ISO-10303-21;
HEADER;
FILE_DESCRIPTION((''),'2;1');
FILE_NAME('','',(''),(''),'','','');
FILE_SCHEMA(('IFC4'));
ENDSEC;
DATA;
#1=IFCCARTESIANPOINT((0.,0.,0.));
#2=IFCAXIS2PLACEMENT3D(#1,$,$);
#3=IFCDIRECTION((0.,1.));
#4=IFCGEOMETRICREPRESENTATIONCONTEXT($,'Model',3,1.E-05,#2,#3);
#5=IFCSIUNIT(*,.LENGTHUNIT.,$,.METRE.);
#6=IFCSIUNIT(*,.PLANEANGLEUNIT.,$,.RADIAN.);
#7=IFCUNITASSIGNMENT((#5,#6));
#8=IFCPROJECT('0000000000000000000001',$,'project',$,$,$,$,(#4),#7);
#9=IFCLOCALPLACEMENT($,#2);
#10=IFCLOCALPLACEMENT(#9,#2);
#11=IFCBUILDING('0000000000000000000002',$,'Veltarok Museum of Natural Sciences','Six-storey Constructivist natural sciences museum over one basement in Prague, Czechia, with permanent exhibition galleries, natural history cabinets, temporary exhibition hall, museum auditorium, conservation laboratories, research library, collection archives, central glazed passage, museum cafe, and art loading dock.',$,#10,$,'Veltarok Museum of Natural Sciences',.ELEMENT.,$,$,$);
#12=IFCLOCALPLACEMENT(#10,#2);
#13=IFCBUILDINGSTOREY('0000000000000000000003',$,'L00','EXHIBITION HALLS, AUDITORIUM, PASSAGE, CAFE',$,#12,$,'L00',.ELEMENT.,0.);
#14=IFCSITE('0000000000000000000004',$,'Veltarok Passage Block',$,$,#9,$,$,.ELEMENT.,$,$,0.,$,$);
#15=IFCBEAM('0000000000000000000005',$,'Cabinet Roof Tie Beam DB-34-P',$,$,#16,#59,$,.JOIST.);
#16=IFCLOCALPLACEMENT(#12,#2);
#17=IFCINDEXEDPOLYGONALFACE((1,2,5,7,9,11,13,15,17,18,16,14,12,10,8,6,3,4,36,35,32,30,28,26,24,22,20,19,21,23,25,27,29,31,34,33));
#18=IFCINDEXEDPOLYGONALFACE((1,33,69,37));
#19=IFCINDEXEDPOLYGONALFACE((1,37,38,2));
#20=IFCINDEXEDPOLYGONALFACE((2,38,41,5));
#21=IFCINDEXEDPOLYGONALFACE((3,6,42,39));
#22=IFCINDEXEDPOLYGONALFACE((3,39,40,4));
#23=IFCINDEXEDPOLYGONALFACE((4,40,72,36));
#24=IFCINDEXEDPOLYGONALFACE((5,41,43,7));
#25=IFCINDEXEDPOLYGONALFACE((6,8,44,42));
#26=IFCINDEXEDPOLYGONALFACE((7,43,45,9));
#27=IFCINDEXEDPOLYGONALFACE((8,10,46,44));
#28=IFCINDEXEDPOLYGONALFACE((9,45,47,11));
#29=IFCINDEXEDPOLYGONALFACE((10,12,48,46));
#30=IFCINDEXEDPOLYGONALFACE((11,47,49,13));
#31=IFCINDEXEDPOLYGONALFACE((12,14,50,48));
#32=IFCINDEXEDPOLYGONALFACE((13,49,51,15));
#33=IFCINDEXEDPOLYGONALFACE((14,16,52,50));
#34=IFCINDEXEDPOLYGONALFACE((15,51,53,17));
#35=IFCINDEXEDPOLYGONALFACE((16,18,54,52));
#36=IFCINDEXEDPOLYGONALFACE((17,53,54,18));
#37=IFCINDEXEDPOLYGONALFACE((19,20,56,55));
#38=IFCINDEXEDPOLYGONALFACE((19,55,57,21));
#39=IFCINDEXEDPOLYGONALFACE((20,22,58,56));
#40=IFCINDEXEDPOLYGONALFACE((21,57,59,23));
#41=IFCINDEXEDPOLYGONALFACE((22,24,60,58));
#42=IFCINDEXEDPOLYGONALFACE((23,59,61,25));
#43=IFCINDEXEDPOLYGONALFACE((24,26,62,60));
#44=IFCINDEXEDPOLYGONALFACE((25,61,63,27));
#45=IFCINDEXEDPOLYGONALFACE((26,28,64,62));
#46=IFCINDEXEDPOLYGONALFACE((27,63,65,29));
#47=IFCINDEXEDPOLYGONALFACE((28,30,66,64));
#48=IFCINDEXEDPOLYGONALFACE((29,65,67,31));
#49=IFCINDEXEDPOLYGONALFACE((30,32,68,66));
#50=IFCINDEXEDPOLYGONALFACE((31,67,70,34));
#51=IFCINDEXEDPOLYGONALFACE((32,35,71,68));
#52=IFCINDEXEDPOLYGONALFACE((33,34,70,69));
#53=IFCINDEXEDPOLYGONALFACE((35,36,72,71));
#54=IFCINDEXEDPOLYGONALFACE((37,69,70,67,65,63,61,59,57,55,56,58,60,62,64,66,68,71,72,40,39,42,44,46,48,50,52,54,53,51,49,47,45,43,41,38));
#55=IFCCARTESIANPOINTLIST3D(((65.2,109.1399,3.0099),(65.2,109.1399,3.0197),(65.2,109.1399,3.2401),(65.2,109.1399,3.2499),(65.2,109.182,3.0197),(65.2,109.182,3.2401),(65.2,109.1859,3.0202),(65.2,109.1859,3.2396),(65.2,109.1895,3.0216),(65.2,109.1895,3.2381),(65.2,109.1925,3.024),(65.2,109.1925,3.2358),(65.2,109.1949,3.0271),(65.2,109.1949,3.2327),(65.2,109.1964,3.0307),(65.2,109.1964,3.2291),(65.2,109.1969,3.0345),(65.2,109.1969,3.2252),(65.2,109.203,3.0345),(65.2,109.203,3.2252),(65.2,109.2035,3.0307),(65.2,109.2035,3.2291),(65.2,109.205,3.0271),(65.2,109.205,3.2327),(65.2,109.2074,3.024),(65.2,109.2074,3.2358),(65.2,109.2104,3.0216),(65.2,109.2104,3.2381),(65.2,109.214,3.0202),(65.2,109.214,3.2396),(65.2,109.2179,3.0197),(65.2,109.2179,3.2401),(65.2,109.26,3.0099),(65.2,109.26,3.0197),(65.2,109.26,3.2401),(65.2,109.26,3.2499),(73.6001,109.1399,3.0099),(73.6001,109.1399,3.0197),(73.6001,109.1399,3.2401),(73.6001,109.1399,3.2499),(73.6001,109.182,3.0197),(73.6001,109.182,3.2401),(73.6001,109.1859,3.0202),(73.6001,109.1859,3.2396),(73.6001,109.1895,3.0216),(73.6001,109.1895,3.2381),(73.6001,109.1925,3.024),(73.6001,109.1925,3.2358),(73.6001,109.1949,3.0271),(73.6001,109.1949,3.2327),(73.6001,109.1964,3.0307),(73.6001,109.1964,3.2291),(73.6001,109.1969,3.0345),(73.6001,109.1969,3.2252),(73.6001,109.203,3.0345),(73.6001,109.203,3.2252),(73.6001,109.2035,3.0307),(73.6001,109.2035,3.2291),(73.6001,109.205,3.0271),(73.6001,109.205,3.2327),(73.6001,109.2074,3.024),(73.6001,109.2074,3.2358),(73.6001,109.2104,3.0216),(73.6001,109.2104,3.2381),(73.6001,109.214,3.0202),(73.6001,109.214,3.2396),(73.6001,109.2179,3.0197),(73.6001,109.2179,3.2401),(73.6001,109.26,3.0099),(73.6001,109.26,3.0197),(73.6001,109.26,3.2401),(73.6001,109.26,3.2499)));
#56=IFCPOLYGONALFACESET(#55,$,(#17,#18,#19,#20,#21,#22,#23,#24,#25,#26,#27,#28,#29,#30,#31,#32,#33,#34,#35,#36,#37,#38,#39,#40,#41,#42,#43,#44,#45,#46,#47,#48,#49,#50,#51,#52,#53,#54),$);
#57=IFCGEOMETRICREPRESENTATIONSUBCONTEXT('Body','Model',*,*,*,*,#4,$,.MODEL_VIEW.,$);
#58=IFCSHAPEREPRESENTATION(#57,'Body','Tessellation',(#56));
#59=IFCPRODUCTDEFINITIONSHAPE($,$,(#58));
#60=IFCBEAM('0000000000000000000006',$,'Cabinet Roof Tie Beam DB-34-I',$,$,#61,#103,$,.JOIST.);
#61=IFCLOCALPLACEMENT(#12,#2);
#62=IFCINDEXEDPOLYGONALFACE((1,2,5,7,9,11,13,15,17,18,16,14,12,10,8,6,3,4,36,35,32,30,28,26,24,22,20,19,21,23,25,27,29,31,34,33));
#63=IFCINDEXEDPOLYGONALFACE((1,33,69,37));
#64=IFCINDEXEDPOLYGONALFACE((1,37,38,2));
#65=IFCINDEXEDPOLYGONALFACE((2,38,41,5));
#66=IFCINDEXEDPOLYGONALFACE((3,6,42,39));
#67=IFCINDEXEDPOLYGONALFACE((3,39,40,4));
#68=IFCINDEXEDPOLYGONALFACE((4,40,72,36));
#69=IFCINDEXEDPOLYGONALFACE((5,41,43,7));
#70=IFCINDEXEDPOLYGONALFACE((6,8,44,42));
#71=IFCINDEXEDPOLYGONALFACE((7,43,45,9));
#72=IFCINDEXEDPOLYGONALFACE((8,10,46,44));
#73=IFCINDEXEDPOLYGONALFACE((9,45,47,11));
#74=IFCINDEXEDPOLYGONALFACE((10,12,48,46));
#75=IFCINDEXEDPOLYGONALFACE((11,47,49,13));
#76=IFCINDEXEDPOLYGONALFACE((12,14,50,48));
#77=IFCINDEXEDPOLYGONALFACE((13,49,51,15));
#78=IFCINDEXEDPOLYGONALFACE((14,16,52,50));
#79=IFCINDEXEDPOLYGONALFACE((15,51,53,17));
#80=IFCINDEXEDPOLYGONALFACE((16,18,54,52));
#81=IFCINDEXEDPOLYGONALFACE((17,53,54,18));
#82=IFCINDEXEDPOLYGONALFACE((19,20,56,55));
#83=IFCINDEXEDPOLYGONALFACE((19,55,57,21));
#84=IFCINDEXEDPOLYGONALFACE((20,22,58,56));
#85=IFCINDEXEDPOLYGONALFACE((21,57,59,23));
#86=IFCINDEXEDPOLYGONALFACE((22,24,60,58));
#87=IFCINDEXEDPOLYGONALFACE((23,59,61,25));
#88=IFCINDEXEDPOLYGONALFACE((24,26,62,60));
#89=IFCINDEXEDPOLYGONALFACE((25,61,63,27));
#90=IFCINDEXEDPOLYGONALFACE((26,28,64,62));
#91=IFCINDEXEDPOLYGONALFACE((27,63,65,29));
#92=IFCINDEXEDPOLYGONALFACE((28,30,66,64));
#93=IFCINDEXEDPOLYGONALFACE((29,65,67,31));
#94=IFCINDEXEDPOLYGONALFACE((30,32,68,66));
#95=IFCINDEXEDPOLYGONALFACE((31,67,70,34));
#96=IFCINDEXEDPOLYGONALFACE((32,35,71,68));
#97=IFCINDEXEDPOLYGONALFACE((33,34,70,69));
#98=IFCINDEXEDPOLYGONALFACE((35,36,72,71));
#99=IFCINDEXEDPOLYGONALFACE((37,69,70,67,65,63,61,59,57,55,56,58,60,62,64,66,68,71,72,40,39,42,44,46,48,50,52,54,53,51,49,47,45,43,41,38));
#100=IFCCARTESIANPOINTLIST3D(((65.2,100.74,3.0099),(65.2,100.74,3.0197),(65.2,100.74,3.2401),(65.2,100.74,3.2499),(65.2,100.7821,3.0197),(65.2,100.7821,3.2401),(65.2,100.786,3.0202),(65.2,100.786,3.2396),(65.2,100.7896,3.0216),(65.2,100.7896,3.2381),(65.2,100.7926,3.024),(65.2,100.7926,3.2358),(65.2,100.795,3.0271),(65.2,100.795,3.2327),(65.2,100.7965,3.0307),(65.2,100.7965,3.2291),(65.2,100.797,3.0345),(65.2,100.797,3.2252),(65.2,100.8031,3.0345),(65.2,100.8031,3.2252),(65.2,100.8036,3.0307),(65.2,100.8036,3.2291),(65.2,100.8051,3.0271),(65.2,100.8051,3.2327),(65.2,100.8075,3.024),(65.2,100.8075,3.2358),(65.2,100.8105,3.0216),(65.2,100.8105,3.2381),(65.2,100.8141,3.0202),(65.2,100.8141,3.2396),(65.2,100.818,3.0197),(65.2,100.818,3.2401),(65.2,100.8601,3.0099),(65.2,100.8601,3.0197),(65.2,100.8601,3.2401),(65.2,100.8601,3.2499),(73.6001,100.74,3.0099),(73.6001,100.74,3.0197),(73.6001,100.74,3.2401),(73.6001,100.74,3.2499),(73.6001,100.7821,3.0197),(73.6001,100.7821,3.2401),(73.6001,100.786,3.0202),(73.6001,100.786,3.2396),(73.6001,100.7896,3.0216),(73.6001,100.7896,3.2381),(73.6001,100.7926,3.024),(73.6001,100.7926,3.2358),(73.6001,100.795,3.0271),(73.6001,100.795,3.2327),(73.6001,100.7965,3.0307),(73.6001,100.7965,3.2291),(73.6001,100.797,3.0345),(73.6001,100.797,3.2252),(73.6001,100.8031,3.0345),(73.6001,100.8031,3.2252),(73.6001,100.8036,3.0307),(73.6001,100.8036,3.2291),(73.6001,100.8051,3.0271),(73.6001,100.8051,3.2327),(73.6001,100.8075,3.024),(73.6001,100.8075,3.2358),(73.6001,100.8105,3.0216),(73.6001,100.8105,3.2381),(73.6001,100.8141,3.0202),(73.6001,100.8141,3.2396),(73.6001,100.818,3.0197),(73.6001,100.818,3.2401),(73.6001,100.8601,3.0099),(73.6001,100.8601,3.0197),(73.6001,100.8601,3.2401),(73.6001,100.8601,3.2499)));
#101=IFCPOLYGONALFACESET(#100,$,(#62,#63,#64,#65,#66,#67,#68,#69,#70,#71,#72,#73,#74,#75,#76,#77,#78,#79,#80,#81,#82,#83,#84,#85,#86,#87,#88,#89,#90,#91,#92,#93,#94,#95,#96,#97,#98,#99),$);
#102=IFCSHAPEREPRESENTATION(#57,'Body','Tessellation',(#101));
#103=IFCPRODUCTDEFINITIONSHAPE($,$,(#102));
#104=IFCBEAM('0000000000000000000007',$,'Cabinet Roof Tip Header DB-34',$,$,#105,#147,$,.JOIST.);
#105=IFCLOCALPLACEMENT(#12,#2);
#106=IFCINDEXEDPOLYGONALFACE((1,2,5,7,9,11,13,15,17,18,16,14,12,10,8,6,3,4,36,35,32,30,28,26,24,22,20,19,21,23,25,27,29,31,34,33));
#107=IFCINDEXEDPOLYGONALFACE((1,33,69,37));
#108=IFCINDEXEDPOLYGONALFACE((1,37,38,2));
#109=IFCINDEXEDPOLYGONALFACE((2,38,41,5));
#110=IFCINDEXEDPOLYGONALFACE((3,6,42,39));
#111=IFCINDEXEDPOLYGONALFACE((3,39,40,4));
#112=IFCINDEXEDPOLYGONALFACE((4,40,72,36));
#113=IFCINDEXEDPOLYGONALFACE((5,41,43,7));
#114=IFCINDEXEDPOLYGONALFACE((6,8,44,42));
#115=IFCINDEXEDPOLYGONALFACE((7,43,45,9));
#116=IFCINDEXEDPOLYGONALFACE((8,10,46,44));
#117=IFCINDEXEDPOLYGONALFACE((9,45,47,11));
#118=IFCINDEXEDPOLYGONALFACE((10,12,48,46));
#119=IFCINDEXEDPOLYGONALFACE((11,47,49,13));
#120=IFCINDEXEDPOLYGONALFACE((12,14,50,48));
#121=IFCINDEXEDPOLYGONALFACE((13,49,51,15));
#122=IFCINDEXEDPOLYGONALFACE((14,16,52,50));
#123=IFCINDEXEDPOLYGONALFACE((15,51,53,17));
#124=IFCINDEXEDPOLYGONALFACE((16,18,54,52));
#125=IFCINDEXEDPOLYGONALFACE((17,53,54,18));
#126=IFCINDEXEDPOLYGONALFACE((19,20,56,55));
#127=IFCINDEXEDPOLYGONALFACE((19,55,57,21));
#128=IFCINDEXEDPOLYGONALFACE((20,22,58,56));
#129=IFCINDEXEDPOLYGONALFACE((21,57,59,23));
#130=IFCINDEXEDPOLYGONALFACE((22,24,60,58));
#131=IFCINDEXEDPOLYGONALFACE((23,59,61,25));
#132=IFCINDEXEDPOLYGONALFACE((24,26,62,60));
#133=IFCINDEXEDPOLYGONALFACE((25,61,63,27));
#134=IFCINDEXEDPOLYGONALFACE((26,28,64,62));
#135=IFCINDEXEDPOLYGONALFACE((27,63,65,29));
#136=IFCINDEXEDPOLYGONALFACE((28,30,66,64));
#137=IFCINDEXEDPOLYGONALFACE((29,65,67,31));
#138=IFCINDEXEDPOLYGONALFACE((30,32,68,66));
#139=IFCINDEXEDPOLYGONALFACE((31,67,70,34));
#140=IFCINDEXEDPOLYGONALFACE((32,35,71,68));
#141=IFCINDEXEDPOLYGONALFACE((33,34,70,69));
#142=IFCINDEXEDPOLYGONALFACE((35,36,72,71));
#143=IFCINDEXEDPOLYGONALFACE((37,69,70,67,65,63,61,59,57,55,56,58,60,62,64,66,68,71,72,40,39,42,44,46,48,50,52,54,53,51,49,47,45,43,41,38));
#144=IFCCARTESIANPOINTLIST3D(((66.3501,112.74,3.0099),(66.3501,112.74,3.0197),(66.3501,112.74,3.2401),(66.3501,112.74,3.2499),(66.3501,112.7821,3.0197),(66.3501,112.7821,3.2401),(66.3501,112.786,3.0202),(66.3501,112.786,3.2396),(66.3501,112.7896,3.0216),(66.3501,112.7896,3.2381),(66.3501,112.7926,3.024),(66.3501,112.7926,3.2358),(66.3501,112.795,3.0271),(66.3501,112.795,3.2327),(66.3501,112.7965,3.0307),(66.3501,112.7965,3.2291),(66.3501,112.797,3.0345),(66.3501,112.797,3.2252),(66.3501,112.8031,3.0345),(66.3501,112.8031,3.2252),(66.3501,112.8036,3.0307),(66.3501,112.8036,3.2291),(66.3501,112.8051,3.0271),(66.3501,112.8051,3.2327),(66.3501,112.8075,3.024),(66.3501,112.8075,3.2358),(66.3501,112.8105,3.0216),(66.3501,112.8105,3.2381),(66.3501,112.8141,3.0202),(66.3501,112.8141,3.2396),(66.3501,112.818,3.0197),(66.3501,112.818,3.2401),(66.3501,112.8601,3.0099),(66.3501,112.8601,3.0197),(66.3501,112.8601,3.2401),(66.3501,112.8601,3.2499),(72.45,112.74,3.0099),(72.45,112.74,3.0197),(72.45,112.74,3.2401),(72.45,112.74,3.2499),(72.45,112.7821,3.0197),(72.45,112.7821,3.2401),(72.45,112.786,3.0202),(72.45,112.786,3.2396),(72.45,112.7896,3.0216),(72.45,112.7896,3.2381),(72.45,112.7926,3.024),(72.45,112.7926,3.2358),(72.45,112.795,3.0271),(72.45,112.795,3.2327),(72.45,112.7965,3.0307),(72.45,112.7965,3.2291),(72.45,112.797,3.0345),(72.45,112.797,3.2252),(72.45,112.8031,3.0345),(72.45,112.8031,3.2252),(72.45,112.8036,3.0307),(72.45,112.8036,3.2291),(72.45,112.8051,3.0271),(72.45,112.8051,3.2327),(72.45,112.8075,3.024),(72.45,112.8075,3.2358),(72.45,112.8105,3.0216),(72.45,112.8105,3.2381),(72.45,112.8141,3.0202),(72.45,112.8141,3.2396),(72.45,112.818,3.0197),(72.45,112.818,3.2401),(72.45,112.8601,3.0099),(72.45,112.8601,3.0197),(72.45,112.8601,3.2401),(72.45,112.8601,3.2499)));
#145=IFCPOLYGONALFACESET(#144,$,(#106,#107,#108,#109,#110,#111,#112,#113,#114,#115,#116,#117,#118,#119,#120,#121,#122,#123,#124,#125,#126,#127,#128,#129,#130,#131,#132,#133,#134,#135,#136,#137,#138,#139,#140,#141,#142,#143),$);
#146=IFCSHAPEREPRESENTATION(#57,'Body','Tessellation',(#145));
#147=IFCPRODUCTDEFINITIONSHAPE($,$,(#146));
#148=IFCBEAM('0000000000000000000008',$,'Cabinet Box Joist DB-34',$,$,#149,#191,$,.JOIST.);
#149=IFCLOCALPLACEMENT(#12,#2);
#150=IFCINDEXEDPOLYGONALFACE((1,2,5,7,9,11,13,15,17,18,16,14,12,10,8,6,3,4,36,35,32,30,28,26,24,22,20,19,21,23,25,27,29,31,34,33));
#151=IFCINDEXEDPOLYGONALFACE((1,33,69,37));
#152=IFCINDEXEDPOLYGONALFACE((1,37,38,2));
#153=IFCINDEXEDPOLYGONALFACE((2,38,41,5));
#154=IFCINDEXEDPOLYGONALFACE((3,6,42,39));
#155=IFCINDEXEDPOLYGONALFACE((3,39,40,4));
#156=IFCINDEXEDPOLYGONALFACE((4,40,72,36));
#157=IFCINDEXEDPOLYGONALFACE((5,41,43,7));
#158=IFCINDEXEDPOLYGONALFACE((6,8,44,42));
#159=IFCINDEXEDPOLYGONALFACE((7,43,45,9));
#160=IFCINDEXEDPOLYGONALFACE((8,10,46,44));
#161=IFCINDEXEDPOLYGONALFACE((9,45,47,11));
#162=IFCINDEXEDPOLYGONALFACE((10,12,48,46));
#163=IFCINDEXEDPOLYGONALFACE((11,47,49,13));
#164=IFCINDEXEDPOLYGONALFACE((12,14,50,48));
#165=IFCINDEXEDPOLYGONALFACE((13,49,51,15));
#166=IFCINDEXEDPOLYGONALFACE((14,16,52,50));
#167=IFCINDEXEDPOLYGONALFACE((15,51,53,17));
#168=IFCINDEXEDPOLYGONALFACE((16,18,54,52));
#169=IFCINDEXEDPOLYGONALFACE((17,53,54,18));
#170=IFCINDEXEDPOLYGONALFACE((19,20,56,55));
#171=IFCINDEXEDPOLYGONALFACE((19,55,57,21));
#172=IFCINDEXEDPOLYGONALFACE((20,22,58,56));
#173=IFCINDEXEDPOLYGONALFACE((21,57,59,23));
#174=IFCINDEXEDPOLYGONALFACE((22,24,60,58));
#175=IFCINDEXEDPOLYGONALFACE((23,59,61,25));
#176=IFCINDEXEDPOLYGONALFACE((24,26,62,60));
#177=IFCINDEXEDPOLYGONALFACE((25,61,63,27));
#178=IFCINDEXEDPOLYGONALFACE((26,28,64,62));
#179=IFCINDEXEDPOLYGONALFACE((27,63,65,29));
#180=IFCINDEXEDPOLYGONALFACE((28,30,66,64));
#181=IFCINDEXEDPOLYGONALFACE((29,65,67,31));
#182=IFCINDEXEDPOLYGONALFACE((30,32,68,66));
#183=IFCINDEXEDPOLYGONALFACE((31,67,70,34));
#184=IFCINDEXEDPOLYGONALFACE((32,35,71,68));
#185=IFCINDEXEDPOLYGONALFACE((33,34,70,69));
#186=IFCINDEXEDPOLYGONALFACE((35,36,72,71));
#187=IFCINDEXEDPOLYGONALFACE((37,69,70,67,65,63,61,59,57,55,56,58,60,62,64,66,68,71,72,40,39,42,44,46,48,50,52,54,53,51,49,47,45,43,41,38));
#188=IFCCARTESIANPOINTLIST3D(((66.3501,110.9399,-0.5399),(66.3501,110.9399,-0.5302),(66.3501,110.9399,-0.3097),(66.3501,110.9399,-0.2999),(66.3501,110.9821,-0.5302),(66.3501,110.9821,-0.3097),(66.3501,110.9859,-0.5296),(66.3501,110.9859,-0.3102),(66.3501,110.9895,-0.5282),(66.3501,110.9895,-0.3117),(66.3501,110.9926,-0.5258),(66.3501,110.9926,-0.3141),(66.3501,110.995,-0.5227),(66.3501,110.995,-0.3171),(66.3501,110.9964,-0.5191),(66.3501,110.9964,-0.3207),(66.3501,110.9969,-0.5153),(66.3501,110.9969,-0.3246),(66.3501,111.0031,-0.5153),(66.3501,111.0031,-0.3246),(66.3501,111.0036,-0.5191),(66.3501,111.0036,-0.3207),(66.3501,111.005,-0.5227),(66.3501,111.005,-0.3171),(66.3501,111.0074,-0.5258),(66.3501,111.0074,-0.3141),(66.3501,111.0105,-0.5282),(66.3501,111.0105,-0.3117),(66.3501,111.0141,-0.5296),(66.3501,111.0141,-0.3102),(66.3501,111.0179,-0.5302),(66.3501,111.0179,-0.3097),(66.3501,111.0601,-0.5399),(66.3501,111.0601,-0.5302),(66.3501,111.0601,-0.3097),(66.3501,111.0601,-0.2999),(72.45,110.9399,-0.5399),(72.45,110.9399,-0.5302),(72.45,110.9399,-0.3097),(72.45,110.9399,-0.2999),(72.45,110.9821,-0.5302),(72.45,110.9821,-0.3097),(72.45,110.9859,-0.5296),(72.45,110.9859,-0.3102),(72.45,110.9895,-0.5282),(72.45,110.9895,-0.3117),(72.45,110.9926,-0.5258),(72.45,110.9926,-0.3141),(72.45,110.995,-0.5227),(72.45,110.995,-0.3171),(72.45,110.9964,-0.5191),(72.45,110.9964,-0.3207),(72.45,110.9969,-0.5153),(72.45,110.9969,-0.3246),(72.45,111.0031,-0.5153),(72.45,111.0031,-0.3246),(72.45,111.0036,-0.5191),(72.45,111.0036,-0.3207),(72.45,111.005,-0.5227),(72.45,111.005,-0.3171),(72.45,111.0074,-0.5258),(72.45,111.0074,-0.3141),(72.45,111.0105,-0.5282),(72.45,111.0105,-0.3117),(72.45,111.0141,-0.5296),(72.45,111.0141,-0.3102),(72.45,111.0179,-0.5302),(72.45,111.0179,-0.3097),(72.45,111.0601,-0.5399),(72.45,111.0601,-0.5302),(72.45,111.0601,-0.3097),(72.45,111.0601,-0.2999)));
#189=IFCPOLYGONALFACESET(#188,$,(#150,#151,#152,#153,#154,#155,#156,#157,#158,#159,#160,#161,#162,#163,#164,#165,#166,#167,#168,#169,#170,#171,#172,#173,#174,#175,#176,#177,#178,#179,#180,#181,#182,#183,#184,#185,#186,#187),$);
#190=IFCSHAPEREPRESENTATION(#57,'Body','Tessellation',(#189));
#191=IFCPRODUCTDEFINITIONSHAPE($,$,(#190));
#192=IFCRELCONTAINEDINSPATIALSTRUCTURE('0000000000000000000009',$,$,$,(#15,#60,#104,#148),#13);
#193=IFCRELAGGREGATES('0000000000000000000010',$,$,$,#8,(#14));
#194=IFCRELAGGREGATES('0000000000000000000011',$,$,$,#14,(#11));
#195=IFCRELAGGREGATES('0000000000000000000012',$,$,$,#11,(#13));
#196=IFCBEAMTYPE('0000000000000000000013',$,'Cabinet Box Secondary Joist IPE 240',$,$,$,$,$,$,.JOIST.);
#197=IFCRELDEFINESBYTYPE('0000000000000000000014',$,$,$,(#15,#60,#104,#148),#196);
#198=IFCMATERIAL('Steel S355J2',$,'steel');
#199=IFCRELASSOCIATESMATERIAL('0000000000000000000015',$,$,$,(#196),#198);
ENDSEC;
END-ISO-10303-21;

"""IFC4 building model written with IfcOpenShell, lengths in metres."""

from ifc_helpers import new_model, si_unit, direction, frame, origin, origin_2d, place, context, subcontext, project, spatial, i_section, extrude, material, material_profile, profile_set, type_object, element, save


model = new_model("IFC4")

# Units and contexts
model_context = context("Model", 3, precision=1e-05, world=origin(), true_north=direction((0.0, 1.0)))
body_context = subcontext(model_context, "Body", "Model", "MODEL_VIEW")
ifc_project = project(units=[si_unit("LENGTHUNIT", "METRE"), si_unit("PLANEANGLEUNIT", "RADIAN")], contexts=[model_context])

# Site, building, storey
site_placement = place(None, origin())
site = spatial("IfcSite", under=ifc_project, at=site_placement, Name="Veltarok Passage Block", CompositionType="ELEMENT", RefElevation=0.0)
building_placement = place(site_placement, origin())
building = spatial("IfcBuilding", under=site, at=building_placement, Name="Veltarok Museum of Natural Sciences", Description="Six-storey Constructivist natural sciences museum over one basement in Prague, Czechia, with permanent exhibition galleries, natural history cabinets, temporary exhibition hall, museum auditorium, conservation laboratories, research library, collection archives, central glazed passage, museum cafe, and art loading dock.", LongName="Veltarok Museum of Natural Sciences", CompositionType="ELEMENT")
storey_placement = place(building_placement, origin())
storey = spatial("IfcBuildingStorey", under=building, at=storey_placement, Name="L00", Description="EXHIBITION HALLS, AUDITORIUM, PASSAGE, CAFE", LongName="L00", CompositionType="ELEMENT", Elevation=0.0)

# Shared definitions
ifc_material_1 = material(Name="Steel S355J2", Category="steel")

# Beams
ifc_material_profile_1 = material_profile(ifc_material_1, i_section(OverallWidth=0.1201, OverallDepth=0.24, WebThickness=0.0061, FlangeThickness=0.0098, FilletRadius=0.0149, at=origin_2d()), Name="IPE 240")
ifc_profile_set_1 = profile_set([ifc_material_profile_1], Name="Steel S355J2")
beam_type_1 = type_object("IfcBeamType", Name="Cabinet Box Secondary Joist IPE 240", PredefinedType="JOIST", material=ifc_profile_set_1)
for number, where, z_axis, x_axis, name in (
    (1, (65.2, 109.2, 3.1299), (1.0, 0.0, 0.0), (0.0, 1.0, 0.0), "Cabinet Roof Tie Beam DB-34-P"),
    (2, (65.2, 100.8, 3.1299), (1.0, 0.0, 0.0), (0.0, 1.0, 0.0), "Cabinet Roof Tie Beam DB-34-I"),
):
    element("IfcBeam", number, at=place(storey_placement, frame(where, z_axis=z_axis, x_axis=x_axis)), inside=storey, type_object=beam_type_1, Name=name, PredefinedType="JOIST", context=body_context, shape_type="SweptSolid", body=[
        extrude(i_section(OverallWidth=0.1201, OverallDepth=0.24, WebThickness=0.0061, FlangeThickness=0.0098, FilletRadius=0.0149, at=origin_2d()), origin(), (0.0, 0.0, 1.0), 8.4001),
    ])
for number, where, z_axis, x_axis, name in (
    (3, (66.3501, 112.8, 3.1299), (1.0, 0.0, 0.0), (0.0, 1.0, 0.0), "Cabinet Roof Tip Header DB-34"),
    (4, (66.3501, 111.0, -0.4199), (1.0, 0.0, 0.0), (0.0, 1.0, 0.0), "Cabinet Box Joist DB-34"),
):
    element("IfcBeam", number, at=place(storey_placement, frame(where, z_axis=z_axis, x_axis=x_axis)), inside=storey, type_object=beam_type_1, Name=name, PredefinedType="JOIST", context=body_context, shape_type="SweptSolid", body=[
        extrude(i_section(OverallWidth=0.1201, OverallDepth=0.24, WebThickness=0.0061, FlangeThickness=0.0098, FilletRadius=0.0149, at=origin_2d()), origin(), (0.0, 0.0, 1.0), 6.0999),
    ])

save(model, "model.ifc")
